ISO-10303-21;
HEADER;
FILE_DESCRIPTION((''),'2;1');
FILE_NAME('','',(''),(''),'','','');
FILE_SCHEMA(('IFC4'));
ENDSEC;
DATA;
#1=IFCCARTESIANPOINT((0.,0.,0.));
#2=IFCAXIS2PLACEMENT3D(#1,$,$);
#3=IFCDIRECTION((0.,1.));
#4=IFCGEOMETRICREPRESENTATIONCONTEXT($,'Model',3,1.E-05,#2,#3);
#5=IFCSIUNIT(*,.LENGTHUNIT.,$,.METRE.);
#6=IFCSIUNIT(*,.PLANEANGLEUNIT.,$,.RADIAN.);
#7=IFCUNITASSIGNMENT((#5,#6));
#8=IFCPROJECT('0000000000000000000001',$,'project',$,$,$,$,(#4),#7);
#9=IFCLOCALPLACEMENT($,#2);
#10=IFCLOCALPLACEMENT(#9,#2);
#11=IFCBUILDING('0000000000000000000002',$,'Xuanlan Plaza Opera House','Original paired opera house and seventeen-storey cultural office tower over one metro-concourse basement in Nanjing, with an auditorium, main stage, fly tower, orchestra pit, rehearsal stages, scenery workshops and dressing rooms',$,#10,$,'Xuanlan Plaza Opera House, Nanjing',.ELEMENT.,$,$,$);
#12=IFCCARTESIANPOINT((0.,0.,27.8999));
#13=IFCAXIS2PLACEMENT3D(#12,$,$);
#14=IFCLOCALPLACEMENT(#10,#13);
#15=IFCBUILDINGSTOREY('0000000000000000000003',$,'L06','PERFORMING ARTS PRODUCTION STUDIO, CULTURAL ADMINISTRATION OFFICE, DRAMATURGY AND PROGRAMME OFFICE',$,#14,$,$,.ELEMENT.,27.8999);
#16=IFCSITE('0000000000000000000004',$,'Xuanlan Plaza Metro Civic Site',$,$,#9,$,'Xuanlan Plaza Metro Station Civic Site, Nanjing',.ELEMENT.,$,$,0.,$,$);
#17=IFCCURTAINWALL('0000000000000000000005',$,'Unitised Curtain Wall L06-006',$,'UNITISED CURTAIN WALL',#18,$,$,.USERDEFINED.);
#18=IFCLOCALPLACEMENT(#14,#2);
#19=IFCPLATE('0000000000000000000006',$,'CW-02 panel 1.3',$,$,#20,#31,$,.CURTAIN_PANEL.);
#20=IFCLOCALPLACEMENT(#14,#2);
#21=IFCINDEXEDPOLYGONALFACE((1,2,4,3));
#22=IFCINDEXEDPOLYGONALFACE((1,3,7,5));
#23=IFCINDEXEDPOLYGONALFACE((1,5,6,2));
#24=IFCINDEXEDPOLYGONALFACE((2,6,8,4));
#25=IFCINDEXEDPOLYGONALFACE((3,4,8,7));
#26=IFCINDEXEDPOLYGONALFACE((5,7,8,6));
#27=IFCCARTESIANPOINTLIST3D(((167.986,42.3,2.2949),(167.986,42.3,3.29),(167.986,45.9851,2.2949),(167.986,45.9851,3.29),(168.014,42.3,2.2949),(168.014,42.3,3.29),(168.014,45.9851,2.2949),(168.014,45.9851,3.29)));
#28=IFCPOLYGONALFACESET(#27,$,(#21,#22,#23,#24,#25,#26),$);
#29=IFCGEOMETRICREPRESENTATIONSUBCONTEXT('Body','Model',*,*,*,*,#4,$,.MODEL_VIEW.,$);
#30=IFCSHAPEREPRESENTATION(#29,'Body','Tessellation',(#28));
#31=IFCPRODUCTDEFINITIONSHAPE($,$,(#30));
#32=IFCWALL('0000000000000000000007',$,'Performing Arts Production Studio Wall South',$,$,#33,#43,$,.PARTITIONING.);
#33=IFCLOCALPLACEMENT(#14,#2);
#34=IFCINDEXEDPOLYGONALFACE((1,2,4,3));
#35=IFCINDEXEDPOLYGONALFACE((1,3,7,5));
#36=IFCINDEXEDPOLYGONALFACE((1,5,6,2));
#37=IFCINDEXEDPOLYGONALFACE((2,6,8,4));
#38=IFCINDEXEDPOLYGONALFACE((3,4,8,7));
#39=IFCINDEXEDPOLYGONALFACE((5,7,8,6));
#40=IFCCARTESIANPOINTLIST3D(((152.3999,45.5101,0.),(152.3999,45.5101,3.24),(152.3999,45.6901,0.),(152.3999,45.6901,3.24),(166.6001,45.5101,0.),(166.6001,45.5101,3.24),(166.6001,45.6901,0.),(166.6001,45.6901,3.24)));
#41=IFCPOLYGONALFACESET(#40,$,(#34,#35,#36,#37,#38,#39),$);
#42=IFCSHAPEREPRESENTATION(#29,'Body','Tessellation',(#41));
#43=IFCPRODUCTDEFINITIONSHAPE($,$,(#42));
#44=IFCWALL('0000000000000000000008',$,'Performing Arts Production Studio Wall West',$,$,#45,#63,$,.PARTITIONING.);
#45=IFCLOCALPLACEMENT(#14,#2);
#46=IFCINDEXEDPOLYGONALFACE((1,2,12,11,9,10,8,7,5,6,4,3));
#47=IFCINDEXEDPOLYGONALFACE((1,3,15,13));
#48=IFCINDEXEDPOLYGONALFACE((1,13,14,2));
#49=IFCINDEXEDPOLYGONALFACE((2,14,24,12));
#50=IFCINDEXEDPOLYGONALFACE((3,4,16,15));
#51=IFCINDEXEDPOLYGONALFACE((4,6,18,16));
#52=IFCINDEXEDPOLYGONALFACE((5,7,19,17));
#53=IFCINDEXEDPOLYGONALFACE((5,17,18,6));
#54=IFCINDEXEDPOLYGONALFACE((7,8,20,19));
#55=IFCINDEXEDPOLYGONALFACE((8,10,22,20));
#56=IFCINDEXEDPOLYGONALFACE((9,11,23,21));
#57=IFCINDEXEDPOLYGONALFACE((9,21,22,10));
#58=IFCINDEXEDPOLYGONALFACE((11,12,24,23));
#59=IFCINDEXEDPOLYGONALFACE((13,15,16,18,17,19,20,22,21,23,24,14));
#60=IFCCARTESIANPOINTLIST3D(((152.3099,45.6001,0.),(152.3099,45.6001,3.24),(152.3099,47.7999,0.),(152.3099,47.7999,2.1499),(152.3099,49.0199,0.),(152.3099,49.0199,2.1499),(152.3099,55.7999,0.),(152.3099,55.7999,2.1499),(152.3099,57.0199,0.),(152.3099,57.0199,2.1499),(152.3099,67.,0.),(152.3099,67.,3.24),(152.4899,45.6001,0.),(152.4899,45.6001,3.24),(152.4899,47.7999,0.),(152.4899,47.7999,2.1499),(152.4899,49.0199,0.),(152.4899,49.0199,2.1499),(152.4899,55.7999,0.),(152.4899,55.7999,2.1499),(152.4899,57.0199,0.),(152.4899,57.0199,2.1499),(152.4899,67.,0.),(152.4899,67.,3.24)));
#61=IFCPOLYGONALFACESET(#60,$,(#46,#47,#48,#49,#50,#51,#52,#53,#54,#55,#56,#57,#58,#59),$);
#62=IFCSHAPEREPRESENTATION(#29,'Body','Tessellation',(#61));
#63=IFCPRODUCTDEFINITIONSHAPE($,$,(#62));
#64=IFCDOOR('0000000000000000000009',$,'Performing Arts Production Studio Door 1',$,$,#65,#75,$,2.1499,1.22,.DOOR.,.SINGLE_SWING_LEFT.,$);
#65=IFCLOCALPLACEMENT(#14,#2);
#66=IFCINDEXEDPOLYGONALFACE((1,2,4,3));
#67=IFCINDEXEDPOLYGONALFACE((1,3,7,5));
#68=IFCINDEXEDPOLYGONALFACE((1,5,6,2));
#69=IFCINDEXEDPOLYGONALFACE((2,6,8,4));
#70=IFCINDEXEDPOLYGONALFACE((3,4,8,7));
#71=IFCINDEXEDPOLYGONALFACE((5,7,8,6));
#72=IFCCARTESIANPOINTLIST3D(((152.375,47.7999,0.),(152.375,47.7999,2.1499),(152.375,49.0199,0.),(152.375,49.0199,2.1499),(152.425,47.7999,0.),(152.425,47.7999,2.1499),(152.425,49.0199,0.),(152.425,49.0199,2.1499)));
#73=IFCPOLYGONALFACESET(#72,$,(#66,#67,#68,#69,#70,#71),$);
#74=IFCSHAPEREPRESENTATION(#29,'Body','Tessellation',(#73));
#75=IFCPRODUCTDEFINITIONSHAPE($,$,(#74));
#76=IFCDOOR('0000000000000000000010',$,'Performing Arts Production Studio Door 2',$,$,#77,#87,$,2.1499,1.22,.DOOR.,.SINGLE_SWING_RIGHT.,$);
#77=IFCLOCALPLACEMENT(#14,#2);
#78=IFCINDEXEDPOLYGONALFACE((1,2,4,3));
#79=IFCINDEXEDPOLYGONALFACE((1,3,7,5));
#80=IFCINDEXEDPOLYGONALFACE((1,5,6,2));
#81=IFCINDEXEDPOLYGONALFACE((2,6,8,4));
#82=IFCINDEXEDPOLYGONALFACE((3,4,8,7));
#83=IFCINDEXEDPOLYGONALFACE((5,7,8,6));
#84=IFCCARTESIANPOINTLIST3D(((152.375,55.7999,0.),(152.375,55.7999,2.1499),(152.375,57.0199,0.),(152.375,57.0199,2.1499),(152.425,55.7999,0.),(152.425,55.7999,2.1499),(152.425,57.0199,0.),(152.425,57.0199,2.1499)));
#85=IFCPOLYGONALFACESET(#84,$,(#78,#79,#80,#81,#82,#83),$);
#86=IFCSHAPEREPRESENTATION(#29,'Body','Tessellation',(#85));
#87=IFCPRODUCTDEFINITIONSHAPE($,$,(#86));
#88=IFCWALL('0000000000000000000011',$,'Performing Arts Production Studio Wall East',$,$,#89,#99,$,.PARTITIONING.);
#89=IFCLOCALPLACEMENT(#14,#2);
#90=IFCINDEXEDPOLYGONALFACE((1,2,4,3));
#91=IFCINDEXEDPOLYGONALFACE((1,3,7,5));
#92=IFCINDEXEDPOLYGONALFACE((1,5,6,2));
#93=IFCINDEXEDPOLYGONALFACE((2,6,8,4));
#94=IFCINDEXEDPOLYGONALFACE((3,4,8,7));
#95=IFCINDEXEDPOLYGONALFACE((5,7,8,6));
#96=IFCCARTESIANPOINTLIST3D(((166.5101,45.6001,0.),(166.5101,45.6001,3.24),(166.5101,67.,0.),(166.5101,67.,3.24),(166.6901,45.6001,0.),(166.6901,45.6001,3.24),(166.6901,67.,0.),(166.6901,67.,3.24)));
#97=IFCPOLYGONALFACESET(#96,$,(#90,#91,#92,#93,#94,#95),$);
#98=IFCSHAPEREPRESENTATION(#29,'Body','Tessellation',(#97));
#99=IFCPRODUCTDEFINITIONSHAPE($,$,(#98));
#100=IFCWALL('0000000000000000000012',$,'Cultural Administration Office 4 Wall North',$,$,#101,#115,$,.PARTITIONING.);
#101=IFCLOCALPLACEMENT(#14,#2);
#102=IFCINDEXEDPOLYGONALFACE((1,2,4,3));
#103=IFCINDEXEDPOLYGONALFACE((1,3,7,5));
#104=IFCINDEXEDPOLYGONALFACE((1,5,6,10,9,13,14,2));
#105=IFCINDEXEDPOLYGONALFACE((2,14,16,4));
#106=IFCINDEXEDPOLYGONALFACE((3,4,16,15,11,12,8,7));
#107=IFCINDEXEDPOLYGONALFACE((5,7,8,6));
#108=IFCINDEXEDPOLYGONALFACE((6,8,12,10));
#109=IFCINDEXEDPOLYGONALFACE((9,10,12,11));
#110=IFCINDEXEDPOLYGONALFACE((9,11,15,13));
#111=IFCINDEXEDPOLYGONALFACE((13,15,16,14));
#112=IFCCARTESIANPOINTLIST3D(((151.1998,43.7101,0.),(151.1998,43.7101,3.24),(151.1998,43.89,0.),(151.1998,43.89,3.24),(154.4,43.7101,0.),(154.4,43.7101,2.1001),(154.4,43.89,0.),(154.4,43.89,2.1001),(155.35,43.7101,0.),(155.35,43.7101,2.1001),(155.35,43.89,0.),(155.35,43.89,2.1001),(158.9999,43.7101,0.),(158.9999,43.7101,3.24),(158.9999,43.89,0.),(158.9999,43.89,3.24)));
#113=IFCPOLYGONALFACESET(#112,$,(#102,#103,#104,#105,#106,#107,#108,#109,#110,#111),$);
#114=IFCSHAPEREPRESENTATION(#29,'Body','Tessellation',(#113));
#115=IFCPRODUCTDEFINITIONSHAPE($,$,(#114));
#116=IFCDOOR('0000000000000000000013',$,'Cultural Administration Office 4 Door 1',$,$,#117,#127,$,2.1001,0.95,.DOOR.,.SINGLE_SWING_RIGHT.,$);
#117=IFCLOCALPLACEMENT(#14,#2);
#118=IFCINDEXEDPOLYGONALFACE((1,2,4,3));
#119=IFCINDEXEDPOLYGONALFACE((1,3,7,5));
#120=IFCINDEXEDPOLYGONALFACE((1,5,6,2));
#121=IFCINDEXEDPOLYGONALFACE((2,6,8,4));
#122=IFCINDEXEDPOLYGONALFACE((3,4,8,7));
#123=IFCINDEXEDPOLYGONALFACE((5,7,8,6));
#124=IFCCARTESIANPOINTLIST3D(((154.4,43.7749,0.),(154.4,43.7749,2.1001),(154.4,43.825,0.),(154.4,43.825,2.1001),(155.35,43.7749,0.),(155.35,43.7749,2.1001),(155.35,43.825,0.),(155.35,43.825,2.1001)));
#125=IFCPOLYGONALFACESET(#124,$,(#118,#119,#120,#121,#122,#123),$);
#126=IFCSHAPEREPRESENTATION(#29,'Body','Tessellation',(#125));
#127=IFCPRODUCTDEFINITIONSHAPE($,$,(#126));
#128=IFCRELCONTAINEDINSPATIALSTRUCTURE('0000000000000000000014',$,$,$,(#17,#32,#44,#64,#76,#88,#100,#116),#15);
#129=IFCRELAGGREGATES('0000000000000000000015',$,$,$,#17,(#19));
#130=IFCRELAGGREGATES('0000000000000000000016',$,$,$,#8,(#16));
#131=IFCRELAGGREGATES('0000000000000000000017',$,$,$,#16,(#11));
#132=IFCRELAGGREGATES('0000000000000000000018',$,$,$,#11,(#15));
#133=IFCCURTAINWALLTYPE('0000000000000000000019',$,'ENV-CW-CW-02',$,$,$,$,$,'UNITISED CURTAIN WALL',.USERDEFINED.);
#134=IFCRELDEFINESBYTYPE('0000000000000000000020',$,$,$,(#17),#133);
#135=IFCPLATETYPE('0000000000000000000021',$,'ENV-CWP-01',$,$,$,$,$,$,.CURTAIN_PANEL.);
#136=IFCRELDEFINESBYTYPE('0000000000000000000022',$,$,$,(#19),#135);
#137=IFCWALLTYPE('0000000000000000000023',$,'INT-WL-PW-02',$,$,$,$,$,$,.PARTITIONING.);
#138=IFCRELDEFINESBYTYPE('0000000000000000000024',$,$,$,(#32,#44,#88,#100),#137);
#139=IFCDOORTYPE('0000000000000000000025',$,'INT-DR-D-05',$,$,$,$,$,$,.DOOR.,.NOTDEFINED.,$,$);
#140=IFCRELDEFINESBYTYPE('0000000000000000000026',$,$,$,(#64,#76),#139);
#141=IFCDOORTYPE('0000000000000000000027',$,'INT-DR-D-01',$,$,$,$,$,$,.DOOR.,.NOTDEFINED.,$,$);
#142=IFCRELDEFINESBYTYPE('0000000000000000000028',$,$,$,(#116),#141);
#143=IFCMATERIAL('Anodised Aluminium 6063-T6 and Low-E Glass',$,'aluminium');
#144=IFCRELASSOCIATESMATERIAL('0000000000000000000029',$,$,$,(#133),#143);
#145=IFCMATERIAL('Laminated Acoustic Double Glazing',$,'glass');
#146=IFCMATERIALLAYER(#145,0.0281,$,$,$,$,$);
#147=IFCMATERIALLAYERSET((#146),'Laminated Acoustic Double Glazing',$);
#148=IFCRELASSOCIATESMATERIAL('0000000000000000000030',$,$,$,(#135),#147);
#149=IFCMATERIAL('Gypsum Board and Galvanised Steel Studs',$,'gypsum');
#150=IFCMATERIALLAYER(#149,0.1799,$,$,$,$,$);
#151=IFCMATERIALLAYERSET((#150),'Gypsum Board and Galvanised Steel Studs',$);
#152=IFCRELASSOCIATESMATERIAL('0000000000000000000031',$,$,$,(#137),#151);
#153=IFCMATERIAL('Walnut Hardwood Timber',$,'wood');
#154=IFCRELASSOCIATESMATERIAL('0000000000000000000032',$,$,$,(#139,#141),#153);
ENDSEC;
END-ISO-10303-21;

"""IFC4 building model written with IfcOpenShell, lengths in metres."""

from ifc_helpers import new_model, si_unit, direction, frame, frame_2d, origin, origin_2d, place, context, subcontext, project, spatial, rectangle, extrude, material, layer, layer_set, type_object, element, fill, aggregate, save


model = new_model("IFC4")

# Units and contexts
model_context = context("Model", 3, precision=1e-05, world=origin(), true_north=direction((0.0, 1.0)))
body_context = subcontext(model_context, "Body", "Model", "MODEL_VIEW")
ifc_project = project(units=[si_unit("LENGTHUNIT", "METRE"), si_unit("PLANEANGLEUNIT", "RADIAN")], contexts=[model_context])

# Site, building, storey
site_placement = place(None, origin())
site = spatial("IfcSite", under=ifc_project, at=site_placement, Name="Xuanlan Plaza Metro Civic Site", LongName="Xuanlan Plaza Metro Station Civic Site, Nanjing", CompositionType="ELEMENT", RefElevation=0.0)
building_placement = place(site_placement, origin())
building = spatial("IfcBuilding", under=site, at=building_placement, Name="Xuanlan Plaza Opera House", Description="Original paired opera house and seventeen-storey cultural office tower over one metro-concourse basement in Nanjing, with an auditorium, main stage, fly tower, orchestra pit, rehearsal stages, scenery workshops and dressing rooms", LongName="Xuanlan Plaza Opera House, Nanjing", CompositionType="ELEMENT")
storey_placement = place(building_placement, frame((0.0, 0.0, 27.8999)))
storey = spatial("IfcBuildingStorey", under=building, at=storey_placement, Name="L06", Description="PERFORMING ARTS PRODUCTION STUDIO, CULTURAL ADMINISTRATION OFFICE, DRAMATURGY AND PROGRAMME OFFICE", CompositionType="ELEMENT", Elevation=27.8999)

# Curtain wall
ifc_material_1 = material(Name="Anodised Aluminium 6063-T6 and Low-E Glass", Category="aluminium")
curtain_wall_type = type_object("IfcCurtainWallType", Name="ENV-CW-CW-02", ElementType="UNITISED CURTAIN WALL", PredefinedType="USERDEFINED", material=ifc_material_1)
curtain_wall_placement = place(storey_placement, origin())
curtain_wall = element("IfcCurtainWall", 1, at=curtain_wall_placement, inside=storey, type_object=curtain_wall_type, Name="Unitised Curtain Wall L06-006", ObjectType="UNITISED CURTAIN WALL", PredefinedType="USERDEFINED")

# Plate
ifc_material_2 = material(Name="Laminated Acoustic Double Glazing", Category="glass")
ifc_layer_1 = layer(ifc_material_2, 0.0281)
ifc_layer_set_1 = layer_set([ifc_layer_1], Name="Laminated Acoustic Double Glazing")
plate_type = type_object("IfcPlateType", Name="ENV-CWP-01", PredefinedType="CURTAIN_PANEL", material=ifc_layer_set_1)
plate_1_placement = place(storey_placement, frame((168.0, 44.1426, 2.2949), z_axis=(0.0, 0.0, 1.0), x_axis=(0.0, 1.0, 0.0)))
plate_1 = element("IfcPlate", 2, at=plate_1_placement, type_object=plate_type, Name="CW-02 panel 1.3", PredefinedType="CURTAIN_PANEL", context=body_context, shape_type="SweptSolid", body=[
    extrude(rectangle(XDim=3.6851, YDim=0.0281, at=origin_2d()), origin(), (0.0, 0.0, 1.0), 0.9951),
])
aggregate(curtain_wall, [plate_1])

# Wall
ifc_material_3 = material(Name="Gypsum Board and Galvanised Steel Studs", Category="gypsum")
ifc_layer_2 = layer(ifc_material_3, 0.1799)
ifc_layer_set_2 = layer_set([ifc_layer_2], Name="Gypsum Board and Galvanised Steel Studs")
wall_type = type_object("IfcWallType", Name="INT-WL-PW-02", PredefinedType="PARTITIONING", material=ifc_layer_set_2)
wall_1_placement = place(storey_placement, frame((152.3999, 45.6001, 0.0), z_axis=(0.0, 0.0, 1.0), x_axis=(1.0, 0.0, 0.0)))
element("IfcWall", 3, at=wall_1_placement, inside=storey, type_object=wall_type, Name="Performing Arts Production Studio Wall South", PredefinedType="PARTITIONING", context=body_context, shape_type="SweptSolid", body=[
    extrude(rectangle(XDim=14.2002, YDim=0.1799, at=frame_2d((7.1001, 0.0))), origin(), (0.0, 0.0, 1.0), 3.24),
])

# Wall, openings, doors
wall_2_placement = place(storey_placement, frame((152.3999, 45.6001, 0.0), z_axis=(0.0, 0.0, 1.0), x_axis=(0.0, 1.0, 0.0)))
wall_2 = element("IfcWall", 4, at=wall_2_placement, inside=storey, type_object=wall_type, Name="Performing Arts Production Studio Wall West", PredefinedType="PARTITIONING", context=body_context, shape_type="SweptSolid", body=[
    extrude(rectangle(XDim=21.3999, YDim=0.1799, at=frame_2d((10.7, 0.0))), origin(), (0.0, 0.0, 1.0), 3.24),
])
opening_1_placement = place(wall_2_placement, frame((2.2, 0.0, 0.0)))
opening_1 = element("IfcOpeningElement", 5, at=opening_1_placement, cuts=wall_2, PredefinedType="OPENING", context=body_context, shape_type="SweptSolid", body=[
    extrude(rectangle(XDim=1.22, YDim=2.1499, at=frame_2d((0.6099, 1.075))), frame((0.0, 0.0999, 0.0), z_axis=(0.0, -1.0, 0.0), x_axis=(1.0, 0.0, 0.0)), (0.0, 0.0, 1.0), 0.2),
])
opening_2_placement = place(wall_2_placement, frame((10.2, 0.0, 0.0)))
opening_2 = element("IfcOpeningElement", 6, at=opening_2_placement, cuts=wall_2, PredefinedType="OPENING", context=body_context, shape_type="SweptSolid", body=[
    extrude(rectangle(XDim=1.22, YDim=2.1499, at=frame_2d((0.6099, 1.075))), frame((0.0, 0.0999, 0.0), z_axis=(0.0, -1.0, 0.0), x_axis=(1.0, 0.0, 0.0)), (0.0, 0.0, 1.0), 0.2),
])
ifc_material_4 = material(Name="Walnut Hardwood Timber", Category="wood")
door_type_1 = type_object("IfcDoorType", Name="INT-DR-D-05", OperationType="NOTDEFINED", PredefinedType="DOOR", material=ifc_material_4)
door_1_placement = place(opening_1_placement, origin())
door_1 = element("IfcDoor", 7, at=door_1_placement, inside=storey, type_object=door_type_1, Name="Performing Arts Production Studio Door 1", OperationType="SINGLE_SWING_LEFT", OverallHeight=2.1499, OverallWidth=1.22, PredefinedType="DOOR", context=body_context, shape_type="SweptSolid", body=[
    extrude(rectangle(XDim=1.22, YDim=2.1499, at=frame_2d((0.6099, 1.075))), frame((0.0, 0.0249, 0.0), z_axis=(0.0, -1.0, 0.0), x_axis=(1.0, 0.0, 0.0)), (0.0, 0.0, 1.0), 0.05),
])
fill(opening_1, door_1)
door_2_placement = place(opening_2_placement, origin())
door_2 = element("IfcDoor", 8, at=door_2_placement, inside=storey, type_object=door_type_1, Name="Performing Arts Production Studio Door 2", OperationType="SINGLE_SWING_RIGHT", OverallHeight=2.1499, OverallWidth=1.22, PredefinedType="DOOR", context=body_context, shape_type="SweptSolid", body=[
    extrude(rectangle(XDim=1.22, YDim=2.1499, at=frame_2d((0.6099, 1.075))), frame((0.0, 0.0249, 0.0), z_axis=(0.0, -1.0, 0.0), x_axis=(1.0, 0.0, 0.0)), (0.0, 0.0, 1.0), 0.05),
])
fill(opening_2, door_2)

# Wall
wall_3_placement = place(storey_placement, frame((166.6001, 45.6001, 0.0), z_axis=(0.0, 0.0, 1.0), x_axis=(0.0, 1.0, 0.0)))
element("IfcWall", 9, at=wall_3_placement, inside=storey, type_object=wall_type, Name="Performing Arts Production Studio Wall East", PredefinedType="PARTITIONING", context=body_context, shape_type="SweptSolid", body=[
    extrude(rectangle(XDim=21.3999, YDim=0.1799, at=frame_2d((10.7, 0.0))), origin(), (0.0, 0.0, 1.0), 3.24),
])

# Wall, opening, door
wall_4_placement = place(storey_placement, frame((151.2, 43.8, 0.0), z_axis=(0.0, 0.0, 1.0), x_axis=(1.0, 0.0, 0.0)))
wall_4 = element("IfcWall", 10, at=wall_4_placement, inside=storey, type_object=wall_type, Name="Cultural Administration Office 4 Wall North", PredefinedType="PARTITIONING", context=body_context, shape_type="SweptSolid", body=[
    extrude(rectangle(XDim=7.8, YDim=0.1799, at=frame_2d((3.8999, 0.0))), origin(), (0.0, 0.0, 1.0), 3.24),
])
opening_3_placement = place(wall_4_placement, frame((3.2, 0.0, 0.0)))
opening_3 = element("IfcOpeningElement", 11, at=opening_3_placement, cuts=wall_4, PredefinedType="OPENING", context=body_context, shape_type="SweptSolid", body=[
    extrude(rectangle(XDim=0.95, YDim=2.1001, at=frame_2d((0.4751, 1.05))), frame((0.0, 0.0999, 0.0), z_axis=(0.0, -1.0, 0.0), x_axis=(1.0, 0.0, 0.0)), (0.0, 0.0, 1.0), 0.2),
])
door_type_2 = type_object("IfcDoorType", Name="INT-DR-D-01", OperationType="NOTDEFINED", PredefinedType="DOOR", material=ifc_material_4)
door_3_placement = place(opening_3_placement, origin())
door_3 = element("IfcDoor", 12, at=door_3_placement, inside=storey, type_object=door_type_2, Name="Cultural Administration Office 4 Door 1", OperationType="SINGLE_SWING_RIGHT", OverallHeight=2.1001, OverallWidth=0.95, PredefinedType="DOOR", context=body_context, shape_type="SweptSolid", body=[
    extrude(rectangle(XDim=0.95, YDim=2.1001, at=frame_2d((0.4751, 1.05))), frame((0.0, 0.0249, 0.0), z_axis=(0.0, -1.0, 0.0), x_axis=(1.0, 0.0, 0.0)), (0.0, 0.0, 1.0), 0.05),
])
fill(opening_3, door_3)

save(model, "model.ifc")
